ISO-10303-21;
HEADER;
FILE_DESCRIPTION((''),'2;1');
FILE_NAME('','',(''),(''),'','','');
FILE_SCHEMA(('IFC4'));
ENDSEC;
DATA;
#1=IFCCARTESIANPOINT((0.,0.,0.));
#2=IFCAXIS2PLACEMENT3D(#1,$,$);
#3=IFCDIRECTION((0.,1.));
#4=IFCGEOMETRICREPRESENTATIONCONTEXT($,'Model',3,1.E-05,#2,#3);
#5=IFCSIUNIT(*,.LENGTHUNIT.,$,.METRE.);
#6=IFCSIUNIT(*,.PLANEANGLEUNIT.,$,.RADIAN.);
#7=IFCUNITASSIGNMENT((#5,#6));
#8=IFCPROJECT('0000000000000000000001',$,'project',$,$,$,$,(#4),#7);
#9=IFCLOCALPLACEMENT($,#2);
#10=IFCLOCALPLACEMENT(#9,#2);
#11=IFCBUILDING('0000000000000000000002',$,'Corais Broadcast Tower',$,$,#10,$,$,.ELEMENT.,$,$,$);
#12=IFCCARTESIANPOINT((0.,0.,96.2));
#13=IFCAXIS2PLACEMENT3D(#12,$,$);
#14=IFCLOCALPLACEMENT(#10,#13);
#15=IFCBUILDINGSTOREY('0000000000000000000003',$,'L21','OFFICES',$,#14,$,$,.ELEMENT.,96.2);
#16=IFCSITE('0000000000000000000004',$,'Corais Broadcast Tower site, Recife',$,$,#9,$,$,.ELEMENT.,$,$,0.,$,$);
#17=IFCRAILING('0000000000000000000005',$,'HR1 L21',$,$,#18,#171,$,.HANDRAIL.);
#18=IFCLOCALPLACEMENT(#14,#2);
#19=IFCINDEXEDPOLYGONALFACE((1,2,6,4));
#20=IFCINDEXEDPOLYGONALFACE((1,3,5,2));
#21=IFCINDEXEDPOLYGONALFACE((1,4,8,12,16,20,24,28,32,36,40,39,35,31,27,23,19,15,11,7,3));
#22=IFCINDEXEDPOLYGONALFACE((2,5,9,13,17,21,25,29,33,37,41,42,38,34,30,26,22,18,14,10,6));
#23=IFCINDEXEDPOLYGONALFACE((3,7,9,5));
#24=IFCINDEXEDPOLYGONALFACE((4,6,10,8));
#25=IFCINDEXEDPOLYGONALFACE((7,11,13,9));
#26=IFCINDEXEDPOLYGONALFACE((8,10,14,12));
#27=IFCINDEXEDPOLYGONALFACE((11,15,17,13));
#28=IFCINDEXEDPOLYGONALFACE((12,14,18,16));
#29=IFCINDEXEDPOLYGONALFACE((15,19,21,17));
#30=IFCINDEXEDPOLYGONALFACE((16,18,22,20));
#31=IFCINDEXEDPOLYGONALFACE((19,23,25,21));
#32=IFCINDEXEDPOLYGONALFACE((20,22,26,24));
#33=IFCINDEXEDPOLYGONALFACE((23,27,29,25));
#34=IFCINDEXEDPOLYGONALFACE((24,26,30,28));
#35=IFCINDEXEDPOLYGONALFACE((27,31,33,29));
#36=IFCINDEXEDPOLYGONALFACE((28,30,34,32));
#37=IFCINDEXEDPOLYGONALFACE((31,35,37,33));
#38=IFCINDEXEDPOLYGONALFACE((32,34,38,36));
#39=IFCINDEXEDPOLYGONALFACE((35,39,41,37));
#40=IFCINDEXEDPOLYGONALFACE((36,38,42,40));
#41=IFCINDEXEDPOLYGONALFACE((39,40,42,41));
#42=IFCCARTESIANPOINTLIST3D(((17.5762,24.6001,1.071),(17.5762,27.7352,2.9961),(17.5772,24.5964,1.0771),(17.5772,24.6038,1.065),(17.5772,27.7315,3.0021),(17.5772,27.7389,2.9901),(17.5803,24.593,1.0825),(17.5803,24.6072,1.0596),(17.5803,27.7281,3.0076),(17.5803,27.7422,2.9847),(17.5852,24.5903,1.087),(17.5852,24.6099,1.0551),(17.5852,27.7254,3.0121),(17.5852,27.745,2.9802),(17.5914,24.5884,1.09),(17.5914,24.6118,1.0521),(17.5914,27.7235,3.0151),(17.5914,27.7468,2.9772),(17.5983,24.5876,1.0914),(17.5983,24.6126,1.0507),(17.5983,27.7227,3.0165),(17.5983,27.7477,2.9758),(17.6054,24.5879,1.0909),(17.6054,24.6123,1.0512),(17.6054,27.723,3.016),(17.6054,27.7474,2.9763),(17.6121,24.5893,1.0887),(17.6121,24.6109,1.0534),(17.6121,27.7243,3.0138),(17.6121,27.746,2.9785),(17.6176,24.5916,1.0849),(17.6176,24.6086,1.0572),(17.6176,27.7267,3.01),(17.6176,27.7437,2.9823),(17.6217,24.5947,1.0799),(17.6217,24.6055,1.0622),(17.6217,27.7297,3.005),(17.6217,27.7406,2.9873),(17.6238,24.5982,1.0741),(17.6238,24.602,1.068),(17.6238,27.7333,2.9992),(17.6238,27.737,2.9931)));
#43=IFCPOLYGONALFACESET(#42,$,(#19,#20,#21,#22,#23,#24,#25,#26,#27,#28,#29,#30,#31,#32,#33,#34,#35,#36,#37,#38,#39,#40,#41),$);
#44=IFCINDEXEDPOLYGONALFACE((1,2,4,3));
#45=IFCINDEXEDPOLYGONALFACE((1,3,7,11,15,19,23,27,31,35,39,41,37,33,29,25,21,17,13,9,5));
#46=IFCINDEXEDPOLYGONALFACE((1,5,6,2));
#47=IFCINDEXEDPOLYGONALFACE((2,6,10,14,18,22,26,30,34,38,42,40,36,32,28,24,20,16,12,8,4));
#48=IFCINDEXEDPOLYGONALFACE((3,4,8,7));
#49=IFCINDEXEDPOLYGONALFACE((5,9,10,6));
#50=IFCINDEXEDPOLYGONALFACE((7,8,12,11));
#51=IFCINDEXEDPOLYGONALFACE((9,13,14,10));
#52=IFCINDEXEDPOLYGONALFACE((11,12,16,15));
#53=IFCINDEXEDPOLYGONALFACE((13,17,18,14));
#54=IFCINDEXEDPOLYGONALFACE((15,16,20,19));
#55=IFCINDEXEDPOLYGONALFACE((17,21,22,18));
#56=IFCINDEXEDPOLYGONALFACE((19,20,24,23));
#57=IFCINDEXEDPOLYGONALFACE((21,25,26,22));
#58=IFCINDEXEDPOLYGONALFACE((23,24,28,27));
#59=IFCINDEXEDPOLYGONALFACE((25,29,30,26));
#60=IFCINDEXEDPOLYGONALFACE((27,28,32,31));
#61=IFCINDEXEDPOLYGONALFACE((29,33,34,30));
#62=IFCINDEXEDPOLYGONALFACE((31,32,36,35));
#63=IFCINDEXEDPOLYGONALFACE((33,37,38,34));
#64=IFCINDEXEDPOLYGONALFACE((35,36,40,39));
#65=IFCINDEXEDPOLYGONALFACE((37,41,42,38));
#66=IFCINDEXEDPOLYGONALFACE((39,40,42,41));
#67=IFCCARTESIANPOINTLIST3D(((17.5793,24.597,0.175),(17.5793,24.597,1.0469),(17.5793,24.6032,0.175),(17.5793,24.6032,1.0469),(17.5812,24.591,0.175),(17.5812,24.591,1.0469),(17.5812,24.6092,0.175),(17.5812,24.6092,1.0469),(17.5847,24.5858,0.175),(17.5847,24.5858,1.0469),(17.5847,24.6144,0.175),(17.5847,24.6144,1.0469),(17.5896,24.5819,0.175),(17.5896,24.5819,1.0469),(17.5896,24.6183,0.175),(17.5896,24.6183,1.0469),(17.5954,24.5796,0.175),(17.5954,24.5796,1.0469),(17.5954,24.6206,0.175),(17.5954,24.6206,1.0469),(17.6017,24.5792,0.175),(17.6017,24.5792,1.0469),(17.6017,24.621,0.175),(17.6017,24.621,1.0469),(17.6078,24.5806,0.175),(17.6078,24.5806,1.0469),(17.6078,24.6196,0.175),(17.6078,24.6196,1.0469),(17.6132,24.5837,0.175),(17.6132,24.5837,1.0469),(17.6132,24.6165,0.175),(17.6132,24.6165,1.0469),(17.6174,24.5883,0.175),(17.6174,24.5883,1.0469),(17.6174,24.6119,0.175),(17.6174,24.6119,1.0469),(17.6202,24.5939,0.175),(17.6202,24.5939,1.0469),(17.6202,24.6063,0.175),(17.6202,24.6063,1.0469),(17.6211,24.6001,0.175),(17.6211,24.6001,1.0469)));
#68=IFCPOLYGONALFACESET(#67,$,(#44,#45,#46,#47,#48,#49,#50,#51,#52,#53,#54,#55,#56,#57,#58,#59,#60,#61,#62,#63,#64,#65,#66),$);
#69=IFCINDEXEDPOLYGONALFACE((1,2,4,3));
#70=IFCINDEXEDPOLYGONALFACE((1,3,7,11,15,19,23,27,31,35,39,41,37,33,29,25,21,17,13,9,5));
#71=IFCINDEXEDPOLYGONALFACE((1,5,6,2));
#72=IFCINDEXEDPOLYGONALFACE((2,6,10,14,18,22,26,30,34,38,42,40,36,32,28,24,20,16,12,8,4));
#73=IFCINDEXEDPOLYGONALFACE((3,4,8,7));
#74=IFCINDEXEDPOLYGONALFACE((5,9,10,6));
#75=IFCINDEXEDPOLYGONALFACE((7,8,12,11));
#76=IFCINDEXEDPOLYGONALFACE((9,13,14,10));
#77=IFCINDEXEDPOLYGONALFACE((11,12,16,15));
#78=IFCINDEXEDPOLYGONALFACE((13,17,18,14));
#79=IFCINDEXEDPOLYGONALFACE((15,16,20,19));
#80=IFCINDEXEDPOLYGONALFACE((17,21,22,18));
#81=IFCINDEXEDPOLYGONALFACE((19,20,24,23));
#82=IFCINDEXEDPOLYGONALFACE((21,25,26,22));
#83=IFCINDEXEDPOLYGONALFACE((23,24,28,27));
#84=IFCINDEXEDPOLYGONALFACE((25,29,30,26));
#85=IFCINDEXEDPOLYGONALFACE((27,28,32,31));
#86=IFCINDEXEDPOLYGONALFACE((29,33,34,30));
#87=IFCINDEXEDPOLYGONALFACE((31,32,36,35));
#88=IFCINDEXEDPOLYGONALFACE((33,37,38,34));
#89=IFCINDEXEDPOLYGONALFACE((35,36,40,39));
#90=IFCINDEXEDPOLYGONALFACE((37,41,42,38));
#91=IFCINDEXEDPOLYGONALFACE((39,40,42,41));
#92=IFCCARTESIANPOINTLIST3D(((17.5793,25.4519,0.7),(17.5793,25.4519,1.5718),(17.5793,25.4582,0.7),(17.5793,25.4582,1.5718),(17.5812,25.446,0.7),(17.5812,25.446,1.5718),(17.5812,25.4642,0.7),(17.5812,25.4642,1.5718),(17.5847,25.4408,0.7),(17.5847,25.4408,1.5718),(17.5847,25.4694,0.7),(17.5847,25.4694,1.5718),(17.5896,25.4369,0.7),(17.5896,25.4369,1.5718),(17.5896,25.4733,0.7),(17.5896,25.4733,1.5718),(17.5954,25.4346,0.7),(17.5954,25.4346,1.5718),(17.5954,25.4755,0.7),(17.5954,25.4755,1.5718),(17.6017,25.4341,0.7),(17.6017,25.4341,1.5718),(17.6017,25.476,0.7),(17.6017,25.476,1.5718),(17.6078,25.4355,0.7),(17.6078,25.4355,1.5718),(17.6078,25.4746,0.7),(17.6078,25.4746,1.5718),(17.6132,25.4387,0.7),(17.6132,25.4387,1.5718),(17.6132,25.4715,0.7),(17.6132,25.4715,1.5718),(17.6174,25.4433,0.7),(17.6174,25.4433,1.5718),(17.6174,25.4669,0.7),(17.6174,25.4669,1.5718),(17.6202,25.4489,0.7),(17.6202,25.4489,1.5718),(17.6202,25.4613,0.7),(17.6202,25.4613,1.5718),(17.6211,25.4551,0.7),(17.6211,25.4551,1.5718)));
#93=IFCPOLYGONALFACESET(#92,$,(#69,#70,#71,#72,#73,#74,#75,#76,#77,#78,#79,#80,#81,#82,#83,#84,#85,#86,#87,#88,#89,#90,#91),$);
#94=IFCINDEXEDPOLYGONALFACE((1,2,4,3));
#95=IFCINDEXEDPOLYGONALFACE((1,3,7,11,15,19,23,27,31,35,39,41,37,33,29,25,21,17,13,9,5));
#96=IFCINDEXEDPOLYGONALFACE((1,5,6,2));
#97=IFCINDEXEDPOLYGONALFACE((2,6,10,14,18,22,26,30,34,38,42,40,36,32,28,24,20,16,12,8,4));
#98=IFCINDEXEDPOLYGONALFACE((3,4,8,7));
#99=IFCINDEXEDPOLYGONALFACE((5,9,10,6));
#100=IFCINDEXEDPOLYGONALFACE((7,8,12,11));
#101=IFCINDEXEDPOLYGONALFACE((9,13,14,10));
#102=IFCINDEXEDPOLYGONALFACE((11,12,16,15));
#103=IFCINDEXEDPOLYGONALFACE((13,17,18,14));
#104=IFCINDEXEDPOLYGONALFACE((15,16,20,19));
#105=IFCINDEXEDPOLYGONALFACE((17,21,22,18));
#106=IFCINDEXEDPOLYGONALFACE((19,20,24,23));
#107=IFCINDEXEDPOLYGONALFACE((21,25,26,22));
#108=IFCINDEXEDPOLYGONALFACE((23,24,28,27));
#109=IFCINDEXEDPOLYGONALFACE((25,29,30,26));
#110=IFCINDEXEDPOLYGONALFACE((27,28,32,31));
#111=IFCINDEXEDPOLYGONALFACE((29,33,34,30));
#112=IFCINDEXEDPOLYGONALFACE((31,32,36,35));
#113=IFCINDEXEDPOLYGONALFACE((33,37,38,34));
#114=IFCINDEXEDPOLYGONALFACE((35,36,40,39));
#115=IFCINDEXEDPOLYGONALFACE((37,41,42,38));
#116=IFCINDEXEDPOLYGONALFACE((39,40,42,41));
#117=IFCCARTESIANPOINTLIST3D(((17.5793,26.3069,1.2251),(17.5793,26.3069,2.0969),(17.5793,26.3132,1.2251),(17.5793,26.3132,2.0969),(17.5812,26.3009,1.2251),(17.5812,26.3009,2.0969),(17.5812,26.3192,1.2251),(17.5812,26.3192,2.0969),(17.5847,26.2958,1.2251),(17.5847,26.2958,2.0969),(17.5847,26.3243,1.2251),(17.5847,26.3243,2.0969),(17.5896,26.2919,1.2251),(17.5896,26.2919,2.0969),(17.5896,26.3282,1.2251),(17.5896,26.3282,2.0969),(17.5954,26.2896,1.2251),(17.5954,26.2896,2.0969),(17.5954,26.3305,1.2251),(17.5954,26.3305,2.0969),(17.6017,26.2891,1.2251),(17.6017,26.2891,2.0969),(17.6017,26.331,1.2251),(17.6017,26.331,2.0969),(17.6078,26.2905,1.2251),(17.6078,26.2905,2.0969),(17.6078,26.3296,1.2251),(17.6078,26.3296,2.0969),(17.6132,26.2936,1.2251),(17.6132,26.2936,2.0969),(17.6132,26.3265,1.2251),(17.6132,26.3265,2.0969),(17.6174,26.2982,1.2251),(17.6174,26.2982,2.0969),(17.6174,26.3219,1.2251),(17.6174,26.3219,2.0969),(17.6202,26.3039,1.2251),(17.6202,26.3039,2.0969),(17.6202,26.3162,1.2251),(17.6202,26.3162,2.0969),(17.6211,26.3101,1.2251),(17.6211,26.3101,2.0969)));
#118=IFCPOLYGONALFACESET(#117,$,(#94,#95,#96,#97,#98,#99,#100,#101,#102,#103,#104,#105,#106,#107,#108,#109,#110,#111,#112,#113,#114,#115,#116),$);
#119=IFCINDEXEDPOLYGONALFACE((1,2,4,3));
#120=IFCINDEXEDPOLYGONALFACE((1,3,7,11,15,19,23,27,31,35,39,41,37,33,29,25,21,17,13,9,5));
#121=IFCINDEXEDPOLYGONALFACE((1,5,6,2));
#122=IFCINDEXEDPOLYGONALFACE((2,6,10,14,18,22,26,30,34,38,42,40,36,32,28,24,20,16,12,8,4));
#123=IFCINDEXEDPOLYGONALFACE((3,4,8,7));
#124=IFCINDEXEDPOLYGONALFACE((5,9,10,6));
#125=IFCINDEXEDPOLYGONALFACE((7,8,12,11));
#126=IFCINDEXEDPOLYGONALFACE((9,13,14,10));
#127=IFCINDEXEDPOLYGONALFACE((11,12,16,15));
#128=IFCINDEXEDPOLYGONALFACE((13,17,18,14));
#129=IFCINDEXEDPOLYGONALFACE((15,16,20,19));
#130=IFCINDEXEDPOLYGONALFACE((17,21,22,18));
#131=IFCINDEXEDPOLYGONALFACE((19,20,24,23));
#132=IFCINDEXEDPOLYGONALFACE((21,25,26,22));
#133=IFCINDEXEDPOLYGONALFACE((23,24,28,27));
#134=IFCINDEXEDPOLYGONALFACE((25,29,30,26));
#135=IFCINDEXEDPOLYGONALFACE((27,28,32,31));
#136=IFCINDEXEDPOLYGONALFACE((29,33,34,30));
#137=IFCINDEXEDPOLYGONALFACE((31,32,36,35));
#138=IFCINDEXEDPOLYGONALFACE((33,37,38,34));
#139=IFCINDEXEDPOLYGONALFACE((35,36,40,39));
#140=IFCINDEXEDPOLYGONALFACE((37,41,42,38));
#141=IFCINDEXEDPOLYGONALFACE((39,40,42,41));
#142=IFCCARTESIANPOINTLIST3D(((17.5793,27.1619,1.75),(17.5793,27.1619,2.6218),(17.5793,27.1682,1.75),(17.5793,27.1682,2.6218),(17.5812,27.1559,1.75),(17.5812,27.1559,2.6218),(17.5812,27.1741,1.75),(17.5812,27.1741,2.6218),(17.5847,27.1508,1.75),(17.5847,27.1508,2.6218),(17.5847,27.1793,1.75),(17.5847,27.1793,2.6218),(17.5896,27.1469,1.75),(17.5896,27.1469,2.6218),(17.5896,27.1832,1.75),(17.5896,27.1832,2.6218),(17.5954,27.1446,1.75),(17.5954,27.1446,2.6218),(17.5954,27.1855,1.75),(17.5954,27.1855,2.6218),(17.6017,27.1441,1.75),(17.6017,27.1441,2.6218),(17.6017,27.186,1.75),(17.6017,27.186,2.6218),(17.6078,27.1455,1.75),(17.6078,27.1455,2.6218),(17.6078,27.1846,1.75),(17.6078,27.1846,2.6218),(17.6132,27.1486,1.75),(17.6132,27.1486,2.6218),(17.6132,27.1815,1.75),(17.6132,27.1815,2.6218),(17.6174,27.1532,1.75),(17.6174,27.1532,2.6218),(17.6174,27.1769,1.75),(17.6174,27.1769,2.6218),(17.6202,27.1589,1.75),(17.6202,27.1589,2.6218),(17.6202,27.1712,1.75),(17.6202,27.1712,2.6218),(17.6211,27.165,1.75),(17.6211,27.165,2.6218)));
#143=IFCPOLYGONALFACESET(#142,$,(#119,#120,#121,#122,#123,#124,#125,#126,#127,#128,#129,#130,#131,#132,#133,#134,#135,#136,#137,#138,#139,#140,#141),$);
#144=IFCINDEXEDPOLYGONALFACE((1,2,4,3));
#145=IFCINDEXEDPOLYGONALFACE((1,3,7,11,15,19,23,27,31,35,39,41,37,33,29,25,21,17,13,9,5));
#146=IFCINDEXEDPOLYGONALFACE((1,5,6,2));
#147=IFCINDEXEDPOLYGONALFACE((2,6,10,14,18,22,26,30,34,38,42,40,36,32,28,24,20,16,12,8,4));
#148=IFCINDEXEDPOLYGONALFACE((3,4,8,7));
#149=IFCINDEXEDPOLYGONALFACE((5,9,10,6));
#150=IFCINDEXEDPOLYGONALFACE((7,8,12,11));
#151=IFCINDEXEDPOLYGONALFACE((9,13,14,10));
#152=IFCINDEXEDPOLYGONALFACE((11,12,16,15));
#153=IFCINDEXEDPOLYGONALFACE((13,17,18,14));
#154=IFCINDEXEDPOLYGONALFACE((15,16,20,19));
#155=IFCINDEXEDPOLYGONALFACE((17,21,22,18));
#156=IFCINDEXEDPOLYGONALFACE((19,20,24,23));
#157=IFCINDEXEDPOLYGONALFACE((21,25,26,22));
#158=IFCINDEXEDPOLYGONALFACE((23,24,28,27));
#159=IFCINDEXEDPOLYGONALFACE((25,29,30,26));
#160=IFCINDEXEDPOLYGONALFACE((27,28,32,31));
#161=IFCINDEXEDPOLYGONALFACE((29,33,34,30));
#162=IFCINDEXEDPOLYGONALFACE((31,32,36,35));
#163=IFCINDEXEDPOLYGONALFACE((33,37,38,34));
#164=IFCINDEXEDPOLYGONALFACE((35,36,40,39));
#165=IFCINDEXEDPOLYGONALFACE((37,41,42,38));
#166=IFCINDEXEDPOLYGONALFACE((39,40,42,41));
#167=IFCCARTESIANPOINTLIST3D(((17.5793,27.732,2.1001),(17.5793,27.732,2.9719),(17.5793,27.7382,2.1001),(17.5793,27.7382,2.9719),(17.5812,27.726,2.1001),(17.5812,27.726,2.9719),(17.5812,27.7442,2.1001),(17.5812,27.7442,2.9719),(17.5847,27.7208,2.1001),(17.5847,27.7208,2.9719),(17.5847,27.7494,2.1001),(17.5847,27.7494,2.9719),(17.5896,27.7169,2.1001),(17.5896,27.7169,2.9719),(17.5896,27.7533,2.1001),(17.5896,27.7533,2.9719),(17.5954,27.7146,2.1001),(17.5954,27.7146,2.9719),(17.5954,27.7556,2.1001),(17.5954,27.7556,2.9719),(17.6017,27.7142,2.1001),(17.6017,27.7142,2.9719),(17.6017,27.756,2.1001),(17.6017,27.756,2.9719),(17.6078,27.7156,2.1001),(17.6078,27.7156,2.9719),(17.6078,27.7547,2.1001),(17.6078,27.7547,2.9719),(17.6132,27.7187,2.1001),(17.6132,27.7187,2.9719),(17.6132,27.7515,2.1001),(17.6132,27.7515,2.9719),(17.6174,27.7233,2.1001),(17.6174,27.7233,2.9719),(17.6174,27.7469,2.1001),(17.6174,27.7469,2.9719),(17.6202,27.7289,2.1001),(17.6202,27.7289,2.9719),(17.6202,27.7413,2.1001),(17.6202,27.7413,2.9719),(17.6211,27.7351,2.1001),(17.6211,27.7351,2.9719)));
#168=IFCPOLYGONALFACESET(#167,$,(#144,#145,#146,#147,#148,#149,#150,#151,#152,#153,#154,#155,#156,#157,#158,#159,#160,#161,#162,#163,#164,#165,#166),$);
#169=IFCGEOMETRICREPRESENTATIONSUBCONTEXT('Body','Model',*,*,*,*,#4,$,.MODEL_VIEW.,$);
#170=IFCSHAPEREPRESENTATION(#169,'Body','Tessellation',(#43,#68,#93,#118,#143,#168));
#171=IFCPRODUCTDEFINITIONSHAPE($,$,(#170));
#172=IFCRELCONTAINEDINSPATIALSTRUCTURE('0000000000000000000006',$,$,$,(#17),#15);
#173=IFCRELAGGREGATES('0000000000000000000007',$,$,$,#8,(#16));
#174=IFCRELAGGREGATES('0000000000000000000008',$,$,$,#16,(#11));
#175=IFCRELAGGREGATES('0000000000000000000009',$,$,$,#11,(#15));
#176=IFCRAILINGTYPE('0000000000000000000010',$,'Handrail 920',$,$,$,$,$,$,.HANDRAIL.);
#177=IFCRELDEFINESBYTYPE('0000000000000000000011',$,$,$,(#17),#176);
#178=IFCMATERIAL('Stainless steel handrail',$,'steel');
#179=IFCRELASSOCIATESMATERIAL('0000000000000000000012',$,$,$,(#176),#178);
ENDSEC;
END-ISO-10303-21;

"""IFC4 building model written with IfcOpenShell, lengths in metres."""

from ifc_helpers import new_model, si_unit, direction, frame, origin, origin_2d, place, context, subcontext, project, spatial, circle, extrude, material, type_object, element, save


model = new_model("IFC4")

# Units and contexts
model_context = context("Model", 3, precision=1e-05, world=origin(), true_north=direction((0.0, 1.0)))
body_context = subcontext(model_context, "Body", "Model", "MODEL_VIEW")
ifc_project = project(units=[si_unit("LENGTHUNIT", "METRE"), si_unit("PLANEANGLEUNIT", "RADIAN")], contexts=[model_context])

# Site, building, storey
site_placement = place(None, origin())
site = spatial("IfcSite", under=ifc_project, at=site_placement, Name="Corais Broadcast Tower site, Recife", CompositionType="ELEMENT", RefElevation=0.0)
building_placement = place(site_placement, origin())
building = spatial("IfcBuilding", under=site, at=building_placement, Name="Corais Broadcast Tower", CompositionType="ELEMENT")
storey_placement = place(building_placement, frame((0.0, 0.0, 96.2)))
storey = spatial("IfcBuildingStorey", under=building, at=storey_placement, Name="L21", Description="OFFICES", CompositionType="ELEMENT", Elevation=96.2)

# Railing
ifc_material_1 = material(Name="Stainless steel handrail", Category="steel")
railing_type = type_object("IfcRailingType", Name="Handrail 920", PredefinedType="HANDRAIL", material=ifc_material_1)
for number, where, name in (
    (1, (17.6001, 24.6001, 0.175), "HR1 L21"),
):
    element("IfcRailing", number, at=place(storey_placement, frame(where)), inside=storey, type_object=railing_type, Name=name, PredefinedType="HANDRAIL", context=body_context, shape_type="SweptSolid", body=[
        extrude(circle(Radius=0.0239, at=origin_2d()), frame((0.0, 0.0, 0.896), z_axis=(0.0, 0.852166, 0.523271), x_axis=(-1.0, 0.0, 0.0)), (0.0, 0.0, 1.0), 3.679),
        extrude(circle(Radius=0.021, at=origin_2d()), origin(), (0.0, 0.0, 1.0), 0.8718),
        extrude(circle(Radius=0.021, at=origin_2d()), frame((0.0, 0.855, 0.5249)), (0.0, 0.0, 1.0), 0.8718),
        extrude(circle(Radius=0.021, at=origin_2d()), frame((0.0, 1.71, 1.05)), (0.0, 0.0, 1.0), 0.8718),
        extrude(circle(Radius=0.021, at=origin_2d()), frame((0.0, 2.5649, 1.575)), (0.0, 0.0, 1.0), 0.8718),
        extrude(circle(Radius=0.021, at=origin_2d()), frame((0.0, 3.135, 1.925)), (0.0, 0.0, 1.0), 0.8718),
    ])

save(model, "model.ifc")
